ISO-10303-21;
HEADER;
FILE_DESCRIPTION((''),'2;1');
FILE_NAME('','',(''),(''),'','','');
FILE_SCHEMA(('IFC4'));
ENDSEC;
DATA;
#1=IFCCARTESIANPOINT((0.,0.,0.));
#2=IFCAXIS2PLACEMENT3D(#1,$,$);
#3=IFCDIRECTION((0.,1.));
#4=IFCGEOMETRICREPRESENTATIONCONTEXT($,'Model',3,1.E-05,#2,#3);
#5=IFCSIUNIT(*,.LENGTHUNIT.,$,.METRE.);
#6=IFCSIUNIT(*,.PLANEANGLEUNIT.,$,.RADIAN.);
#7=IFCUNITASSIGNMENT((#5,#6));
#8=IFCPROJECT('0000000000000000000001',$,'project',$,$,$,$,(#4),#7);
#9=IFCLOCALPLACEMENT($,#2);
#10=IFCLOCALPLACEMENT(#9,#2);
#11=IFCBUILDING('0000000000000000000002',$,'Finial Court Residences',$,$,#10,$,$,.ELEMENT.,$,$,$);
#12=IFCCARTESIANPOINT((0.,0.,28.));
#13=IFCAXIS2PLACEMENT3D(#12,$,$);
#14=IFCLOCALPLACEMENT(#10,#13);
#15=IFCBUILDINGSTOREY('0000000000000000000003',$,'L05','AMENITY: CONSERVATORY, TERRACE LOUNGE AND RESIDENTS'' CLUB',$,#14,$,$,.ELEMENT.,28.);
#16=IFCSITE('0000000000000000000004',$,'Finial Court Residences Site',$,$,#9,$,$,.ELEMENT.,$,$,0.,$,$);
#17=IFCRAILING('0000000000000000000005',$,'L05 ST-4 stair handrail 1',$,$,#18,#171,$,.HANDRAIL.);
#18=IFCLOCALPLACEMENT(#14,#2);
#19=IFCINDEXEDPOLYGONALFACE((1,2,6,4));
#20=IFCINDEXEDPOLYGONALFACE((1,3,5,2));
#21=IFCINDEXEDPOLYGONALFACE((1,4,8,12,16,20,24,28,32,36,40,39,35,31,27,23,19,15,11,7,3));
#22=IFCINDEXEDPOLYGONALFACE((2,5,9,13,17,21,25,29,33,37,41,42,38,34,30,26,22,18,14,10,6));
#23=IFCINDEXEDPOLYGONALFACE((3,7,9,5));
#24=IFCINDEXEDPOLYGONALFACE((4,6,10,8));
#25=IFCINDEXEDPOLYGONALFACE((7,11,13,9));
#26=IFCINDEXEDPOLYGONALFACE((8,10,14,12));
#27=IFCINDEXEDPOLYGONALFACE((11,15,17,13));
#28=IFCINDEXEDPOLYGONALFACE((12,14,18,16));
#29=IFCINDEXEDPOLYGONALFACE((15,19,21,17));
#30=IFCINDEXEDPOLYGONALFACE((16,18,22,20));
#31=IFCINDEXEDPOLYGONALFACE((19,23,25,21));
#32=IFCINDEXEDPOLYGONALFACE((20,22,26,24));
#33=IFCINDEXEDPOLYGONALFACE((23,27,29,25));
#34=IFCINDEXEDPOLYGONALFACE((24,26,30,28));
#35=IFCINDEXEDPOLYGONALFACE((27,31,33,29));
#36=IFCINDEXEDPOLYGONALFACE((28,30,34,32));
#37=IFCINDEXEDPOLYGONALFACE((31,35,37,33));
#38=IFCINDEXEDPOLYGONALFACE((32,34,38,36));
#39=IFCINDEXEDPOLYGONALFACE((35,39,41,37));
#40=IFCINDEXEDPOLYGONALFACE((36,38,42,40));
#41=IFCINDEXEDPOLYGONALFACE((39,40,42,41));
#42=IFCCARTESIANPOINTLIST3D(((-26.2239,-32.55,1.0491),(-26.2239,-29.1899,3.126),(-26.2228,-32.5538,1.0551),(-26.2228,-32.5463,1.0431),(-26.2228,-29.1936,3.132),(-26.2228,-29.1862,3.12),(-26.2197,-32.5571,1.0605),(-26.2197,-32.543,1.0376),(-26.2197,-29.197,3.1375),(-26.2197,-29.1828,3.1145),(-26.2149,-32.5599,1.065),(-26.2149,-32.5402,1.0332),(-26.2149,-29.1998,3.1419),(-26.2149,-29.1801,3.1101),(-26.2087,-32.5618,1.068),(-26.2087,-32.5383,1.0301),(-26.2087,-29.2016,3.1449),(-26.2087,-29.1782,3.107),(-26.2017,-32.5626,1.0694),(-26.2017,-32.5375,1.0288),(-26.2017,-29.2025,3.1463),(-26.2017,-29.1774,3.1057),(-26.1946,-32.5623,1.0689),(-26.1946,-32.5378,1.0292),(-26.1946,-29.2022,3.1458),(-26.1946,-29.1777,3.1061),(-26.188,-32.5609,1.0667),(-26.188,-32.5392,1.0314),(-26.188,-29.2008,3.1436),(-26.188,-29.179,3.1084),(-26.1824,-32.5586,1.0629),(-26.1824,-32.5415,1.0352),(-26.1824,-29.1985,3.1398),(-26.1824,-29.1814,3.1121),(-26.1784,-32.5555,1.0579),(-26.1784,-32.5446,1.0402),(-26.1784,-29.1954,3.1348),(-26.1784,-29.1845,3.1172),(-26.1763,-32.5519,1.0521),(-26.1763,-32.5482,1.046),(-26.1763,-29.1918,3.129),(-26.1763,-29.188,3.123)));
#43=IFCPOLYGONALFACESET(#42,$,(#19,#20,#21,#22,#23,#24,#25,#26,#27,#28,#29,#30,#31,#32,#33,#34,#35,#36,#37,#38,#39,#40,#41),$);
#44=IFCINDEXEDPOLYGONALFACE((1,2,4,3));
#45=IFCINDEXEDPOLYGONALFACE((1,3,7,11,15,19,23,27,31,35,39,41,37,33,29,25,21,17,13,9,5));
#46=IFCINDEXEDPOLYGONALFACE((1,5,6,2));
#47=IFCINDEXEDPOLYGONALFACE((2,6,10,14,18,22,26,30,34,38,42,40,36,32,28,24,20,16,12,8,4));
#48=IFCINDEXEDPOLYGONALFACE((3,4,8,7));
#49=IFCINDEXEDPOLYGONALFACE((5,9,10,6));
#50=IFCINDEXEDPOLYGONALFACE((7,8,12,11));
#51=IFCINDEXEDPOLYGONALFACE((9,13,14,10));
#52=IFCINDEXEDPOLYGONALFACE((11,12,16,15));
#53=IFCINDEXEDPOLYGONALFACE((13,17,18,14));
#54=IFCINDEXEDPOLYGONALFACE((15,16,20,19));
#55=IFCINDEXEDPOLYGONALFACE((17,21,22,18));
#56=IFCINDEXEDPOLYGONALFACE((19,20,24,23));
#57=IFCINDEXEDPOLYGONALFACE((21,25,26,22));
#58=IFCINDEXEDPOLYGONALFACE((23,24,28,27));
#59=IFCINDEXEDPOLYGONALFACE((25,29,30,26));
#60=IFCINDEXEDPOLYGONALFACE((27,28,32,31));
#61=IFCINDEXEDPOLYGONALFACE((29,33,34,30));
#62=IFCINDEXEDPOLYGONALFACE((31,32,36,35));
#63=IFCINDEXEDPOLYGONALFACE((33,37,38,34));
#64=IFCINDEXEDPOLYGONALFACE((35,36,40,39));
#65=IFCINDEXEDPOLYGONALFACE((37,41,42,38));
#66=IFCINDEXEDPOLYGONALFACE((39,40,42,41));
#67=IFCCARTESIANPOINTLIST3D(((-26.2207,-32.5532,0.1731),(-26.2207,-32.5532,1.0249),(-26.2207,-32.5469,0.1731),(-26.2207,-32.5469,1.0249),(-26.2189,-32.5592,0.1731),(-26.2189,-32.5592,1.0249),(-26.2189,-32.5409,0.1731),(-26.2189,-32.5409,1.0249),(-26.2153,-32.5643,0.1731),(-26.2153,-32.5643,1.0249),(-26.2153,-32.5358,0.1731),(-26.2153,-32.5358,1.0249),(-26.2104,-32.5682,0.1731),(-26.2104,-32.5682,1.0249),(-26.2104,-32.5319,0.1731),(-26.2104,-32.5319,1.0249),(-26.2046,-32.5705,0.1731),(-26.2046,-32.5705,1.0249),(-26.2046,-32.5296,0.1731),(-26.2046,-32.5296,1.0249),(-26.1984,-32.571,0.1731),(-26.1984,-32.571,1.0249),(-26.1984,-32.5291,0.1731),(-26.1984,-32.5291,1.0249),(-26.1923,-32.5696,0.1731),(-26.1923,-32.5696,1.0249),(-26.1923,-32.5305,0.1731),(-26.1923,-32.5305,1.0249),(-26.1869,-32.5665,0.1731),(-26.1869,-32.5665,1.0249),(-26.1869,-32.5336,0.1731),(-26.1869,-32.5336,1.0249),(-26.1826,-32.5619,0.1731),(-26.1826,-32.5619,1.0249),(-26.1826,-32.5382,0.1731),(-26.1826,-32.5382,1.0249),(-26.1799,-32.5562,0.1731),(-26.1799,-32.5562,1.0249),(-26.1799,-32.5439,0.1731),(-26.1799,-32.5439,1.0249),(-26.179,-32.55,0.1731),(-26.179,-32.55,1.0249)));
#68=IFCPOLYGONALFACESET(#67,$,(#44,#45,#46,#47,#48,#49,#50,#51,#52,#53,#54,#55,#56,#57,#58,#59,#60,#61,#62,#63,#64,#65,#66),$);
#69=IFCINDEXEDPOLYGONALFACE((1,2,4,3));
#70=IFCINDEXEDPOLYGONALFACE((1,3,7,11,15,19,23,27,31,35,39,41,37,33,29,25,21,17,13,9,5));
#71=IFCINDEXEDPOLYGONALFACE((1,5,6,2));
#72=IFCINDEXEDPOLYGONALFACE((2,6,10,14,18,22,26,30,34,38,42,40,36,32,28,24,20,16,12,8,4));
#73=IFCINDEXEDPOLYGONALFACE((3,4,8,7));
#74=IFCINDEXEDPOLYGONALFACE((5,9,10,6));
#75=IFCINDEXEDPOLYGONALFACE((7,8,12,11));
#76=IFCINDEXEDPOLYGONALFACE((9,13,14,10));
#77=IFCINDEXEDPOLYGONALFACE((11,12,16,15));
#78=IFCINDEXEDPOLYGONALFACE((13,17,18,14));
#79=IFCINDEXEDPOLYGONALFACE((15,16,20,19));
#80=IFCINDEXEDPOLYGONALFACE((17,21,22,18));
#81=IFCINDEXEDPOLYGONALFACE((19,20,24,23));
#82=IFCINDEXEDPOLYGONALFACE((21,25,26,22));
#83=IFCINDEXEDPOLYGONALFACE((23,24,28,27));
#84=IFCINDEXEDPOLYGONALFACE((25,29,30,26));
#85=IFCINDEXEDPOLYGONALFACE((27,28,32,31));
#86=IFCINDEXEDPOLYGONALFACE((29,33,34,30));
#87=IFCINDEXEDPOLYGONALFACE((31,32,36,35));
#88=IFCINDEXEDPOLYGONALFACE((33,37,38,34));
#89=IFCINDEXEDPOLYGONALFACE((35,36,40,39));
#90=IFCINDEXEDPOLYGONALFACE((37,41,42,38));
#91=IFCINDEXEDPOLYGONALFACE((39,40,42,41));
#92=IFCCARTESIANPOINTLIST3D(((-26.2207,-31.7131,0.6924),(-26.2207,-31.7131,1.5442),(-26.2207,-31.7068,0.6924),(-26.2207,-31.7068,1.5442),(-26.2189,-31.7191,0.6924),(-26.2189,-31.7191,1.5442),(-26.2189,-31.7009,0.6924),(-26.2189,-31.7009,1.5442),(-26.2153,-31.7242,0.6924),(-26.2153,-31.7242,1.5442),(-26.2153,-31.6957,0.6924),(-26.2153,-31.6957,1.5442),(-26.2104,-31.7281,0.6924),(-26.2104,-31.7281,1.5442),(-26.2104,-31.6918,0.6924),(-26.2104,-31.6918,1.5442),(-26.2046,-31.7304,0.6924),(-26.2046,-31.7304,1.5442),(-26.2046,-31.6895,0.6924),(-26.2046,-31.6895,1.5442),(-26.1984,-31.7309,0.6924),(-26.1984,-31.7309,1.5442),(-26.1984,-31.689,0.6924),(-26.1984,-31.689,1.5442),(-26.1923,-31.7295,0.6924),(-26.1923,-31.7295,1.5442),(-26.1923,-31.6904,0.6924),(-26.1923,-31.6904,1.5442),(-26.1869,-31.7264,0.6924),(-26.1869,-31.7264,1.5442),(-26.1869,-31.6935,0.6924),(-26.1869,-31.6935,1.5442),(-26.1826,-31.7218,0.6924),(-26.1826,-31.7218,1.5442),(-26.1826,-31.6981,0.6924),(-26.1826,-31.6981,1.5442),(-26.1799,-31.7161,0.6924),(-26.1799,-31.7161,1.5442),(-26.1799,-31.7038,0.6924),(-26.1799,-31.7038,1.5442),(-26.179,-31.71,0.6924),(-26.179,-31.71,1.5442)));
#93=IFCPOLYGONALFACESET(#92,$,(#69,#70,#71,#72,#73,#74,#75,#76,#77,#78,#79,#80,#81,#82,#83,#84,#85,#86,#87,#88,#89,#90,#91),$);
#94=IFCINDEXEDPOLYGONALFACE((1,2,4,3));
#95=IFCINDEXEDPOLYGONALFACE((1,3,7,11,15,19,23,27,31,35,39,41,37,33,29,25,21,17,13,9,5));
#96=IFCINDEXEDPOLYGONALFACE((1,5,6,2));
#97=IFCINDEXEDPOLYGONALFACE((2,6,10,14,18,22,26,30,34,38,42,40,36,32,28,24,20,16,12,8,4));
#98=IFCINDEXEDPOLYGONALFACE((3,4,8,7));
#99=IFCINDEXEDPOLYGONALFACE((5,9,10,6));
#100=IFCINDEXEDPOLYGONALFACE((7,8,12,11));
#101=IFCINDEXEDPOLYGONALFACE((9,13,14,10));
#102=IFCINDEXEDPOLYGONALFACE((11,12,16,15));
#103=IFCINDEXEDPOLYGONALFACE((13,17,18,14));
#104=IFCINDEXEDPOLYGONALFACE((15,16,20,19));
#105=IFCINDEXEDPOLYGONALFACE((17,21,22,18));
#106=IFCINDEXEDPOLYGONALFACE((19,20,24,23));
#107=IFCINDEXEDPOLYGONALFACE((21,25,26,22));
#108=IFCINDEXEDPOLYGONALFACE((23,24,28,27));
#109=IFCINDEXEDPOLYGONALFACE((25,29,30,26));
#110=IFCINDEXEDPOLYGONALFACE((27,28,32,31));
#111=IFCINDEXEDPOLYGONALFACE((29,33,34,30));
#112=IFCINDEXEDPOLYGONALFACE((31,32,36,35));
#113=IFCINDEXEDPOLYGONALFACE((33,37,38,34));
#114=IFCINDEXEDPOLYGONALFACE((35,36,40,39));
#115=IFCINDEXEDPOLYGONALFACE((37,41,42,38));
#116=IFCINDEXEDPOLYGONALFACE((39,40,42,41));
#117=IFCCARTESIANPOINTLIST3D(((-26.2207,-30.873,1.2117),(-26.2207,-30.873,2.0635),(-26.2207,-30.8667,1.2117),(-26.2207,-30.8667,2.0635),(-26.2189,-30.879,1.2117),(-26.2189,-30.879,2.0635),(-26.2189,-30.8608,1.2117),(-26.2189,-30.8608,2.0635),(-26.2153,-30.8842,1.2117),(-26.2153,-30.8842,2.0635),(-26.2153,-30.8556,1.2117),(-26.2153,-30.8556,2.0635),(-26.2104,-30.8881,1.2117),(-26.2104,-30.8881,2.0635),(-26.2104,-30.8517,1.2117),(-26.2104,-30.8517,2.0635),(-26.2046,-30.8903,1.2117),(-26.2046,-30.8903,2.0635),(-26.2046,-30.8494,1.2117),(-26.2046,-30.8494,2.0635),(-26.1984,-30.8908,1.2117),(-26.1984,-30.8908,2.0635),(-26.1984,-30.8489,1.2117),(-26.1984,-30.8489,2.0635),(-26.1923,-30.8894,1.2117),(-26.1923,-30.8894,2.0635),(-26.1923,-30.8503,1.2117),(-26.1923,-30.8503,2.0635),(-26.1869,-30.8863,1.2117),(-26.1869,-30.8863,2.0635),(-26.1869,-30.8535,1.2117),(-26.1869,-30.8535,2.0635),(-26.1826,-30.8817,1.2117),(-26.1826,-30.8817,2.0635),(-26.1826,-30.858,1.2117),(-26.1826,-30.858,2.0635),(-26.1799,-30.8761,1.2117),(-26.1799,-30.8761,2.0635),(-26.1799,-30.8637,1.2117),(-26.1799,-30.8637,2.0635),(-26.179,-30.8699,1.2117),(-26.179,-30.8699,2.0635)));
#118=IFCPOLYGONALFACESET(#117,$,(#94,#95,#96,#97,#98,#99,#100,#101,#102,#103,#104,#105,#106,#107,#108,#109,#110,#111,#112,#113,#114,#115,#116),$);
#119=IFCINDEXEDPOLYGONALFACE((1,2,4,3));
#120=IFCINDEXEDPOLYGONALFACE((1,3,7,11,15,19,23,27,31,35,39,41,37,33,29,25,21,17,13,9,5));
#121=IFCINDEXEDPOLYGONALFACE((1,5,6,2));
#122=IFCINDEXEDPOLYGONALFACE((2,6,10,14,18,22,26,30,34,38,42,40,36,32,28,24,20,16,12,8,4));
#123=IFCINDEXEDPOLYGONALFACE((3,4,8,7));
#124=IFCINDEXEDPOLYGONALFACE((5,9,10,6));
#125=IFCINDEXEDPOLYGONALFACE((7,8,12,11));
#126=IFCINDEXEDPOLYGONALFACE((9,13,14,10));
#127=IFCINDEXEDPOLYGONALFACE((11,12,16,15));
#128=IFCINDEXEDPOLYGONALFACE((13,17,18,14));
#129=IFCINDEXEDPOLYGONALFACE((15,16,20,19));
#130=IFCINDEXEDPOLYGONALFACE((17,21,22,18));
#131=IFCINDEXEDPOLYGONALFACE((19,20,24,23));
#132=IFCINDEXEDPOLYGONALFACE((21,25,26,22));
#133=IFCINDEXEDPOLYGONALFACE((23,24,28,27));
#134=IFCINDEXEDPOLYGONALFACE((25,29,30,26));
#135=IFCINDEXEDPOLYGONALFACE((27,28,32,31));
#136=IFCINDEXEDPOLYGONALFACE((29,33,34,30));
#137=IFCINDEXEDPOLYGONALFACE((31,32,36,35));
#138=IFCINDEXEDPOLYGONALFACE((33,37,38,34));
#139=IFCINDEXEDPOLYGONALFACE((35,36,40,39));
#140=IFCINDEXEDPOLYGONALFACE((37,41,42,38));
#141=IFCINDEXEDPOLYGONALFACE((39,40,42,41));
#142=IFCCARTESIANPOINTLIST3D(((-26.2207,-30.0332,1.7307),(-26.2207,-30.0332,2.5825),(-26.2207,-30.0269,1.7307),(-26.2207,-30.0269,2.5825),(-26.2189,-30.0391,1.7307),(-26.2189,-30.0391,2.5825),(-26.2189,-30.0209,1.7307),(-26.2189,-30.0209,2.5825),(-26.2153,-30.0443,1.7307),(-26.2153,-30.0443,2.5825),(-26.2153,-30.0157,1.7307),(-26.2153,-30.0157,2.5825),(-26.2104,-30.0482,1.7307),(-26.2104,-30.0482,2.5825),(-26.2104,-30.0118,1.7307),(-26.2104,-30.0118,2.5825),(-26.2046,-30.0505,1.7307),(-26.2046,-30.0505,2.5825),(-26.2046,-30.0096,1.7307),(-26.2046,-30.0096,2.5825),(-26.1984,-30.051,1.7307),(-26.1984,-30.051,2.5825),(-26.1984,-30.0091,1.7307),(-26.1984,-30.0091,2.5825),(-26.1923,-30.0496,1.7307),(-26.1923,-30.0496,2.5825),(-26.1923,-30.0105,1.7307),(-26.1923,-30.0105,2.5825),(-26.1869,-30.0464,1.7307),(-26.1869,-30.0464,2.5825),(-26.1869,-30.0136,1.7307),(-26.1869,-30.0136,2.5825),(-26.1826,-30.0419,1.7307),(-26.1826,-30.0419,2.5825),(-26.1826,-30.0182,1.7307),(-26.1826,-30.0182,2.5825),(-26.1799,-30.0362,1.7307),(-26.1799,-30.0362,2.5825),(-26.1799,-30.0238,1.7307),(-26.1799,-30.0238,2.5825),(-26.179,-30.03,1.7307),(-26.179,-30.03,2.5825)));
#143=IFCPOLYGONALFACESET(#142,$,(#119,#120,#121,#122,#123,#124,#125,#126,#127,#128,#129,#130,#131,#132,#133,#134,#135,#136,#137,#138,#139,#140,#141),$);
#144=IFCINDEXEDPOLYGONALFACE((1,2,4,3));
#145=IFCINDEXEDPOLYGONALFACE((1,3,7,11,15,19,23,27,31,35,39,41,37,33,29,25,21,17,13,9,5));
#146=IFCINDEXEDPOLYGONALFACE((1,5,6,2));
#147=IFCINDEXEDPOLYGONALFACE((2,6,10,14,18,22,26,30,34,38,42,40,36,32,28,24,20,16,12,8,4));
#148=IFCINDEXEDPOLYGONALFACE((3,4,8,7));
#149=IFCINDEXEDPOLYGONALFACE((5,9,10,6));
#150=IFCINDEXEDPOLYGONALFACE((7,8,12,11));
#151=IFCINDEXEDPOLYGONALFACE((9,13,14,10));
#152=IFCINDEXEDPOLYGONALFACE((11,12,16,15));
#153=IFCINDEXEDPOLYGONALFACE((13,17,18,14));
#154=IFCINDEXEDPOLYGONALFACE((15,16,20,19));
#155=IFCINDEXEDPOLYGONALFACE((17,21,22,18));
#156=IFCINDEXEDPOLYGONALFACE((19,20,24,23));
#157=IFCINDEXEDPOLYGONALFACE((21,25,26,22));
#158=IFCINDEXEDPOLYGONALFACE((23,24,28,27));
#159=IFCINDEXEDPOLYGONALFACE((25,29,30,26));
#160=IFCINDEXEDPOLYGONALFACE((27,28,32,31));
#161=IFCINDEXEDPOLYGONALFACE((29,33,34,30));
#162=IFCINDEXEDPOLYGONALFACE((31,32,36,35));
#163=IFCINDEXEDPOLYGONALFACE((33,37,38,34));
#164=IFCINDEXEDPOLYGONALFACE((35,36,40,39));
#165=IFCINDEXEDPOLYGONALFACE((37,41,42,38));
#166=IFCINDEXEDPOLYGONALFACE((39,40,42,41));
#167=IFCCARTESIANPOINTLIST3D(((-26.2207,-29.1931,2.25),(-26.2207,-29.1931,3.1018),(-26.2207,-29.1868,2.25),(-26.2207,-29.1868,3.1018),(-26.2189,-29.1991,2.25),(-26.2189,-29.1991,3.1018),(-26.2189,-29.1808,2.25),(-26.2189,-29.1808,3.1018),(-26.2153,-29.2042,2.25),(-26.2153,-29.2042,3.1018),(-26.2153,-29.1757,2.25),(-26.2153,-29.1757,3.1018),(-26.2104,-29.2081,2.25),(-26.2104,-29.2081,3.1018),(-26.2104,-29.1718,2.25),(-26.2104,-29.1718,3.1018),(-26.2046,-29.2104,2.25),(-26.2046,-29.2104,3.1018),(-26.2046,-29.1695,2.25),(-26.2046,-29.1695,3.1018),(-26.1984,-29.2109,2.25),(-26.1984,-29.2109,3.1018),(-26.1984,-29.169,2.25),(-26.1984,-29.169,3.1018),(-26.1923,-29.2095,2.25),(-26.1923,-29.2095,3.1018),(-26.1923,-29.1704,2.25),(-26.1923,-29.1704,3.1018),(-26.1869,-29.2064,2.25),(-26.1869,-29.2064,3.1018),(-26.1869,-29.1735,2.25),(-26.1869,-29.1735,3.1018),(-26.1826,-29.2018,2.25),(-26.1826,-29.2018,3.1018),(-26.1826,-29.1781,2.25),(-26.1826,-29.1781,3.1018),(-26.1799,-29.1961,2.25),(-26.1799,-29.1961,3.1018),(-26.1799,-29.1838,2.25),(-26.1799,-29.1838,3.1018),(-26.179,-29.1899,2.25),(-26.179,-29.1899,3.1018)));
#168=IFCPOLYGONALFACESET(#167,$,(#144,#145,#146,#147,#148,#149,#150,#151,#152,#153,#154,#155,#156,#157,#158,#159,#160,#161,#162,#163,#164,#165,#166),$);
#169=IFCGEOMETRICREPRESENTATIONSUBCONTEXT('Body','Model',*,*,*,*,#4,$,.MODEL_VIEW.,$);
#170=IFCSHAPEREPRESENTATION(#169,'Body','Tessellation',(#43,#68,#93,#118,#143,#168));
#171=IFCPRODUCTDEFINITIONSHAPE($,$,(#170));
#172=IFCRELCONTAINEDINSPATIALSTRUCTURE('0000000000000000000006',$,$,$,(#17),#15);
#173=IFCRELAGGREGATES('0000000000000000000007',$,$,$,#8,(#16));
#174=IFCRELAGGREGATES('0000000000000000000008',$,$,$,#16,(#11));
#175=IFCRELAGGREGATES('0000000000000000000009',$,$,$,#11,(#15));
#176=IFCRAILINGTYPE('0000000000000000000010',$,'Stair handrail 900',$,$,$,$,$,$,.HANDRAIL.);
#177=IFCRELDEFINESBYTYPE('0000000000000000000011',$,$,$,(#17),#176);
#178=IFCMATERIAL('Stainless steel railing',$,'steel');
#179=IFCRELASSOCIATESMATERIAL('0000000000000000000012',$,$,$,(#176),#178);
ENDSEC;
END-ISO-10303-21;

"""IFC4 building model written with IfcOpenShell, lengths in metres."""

from ifc_helpers import new_model, si_unit, direction, frame, origin, origin_2d, place, context, subcontext, project, spatial, circle, extrude, material, type_object, element, save


model = new_model("IFC4")

# Units and contexts
model_context = context("Model", 3, precision=1e-05, world=origin(), true_north=direction((0.0, 1.0)))
body_context = subcontext(model_context, "Body", "Model", "MODEL_VIEW")
ifc_project = project(units=[si_unit("LENGTHUNIT", "METRE"), si_unit("PLANEANGLEUNIT", "RADIAN")], contexts=[model_context])

# Site, building, storey
site_placement = place(None, origin())
site = spatial("IfcSite", under=ifc_project, at=site_placement, Name="Finial Court Residences Site", CompositionType="ELEMENT", RefElevation=0.0)
building_placement = place(site_placement, origin())
building = spatial("IfcBuilding", under=site, at=building_placement, Name="Finial Court Residences", CompositionType="ELEMENT")
storey_placement = place(building_placement, frame((0.0, 0.0, 28.0)))
storey = spatial("IfcBuildingStorey", under=building, at=storey_placement, Name="L05", Description="AMENITY: CONSERVATORY, TERRACE LOUNGE AND RESIDENTS' CLUB", CompositionType="ELEMENT", Elevation=28.0)

# Railing
ifc_material_1 = material(Name="Stainless steel railing", Category="steel")
railing_type_1 = type_object("IfcRailingType", Name="Stair handrail 900", PredefinedType="HANDRAIL", material=ifc_material_1)
railing_1_placement = place(storey_placement, frame((-26.2, -32.55, 0.1731)))
element("IfcRailing", 1, at=railing_1_placement, inside=storey, type_object=railing_type_1, Name="L05 ST-4 stair handrail 1", PredefinedType="HANDRAIL", context=body_context, shape_type="SweptSolid", body=[
    extrude(circle(Radius=0.0239, at=origin_2d()), frame((0.0, 0.0, 0.876), z_axis=(0.0, 0.850623, 0.525776), x_axis=(-1.0, 0.0, 0.0)), (0.0, 0.0, 1.0), 3.9502),
    extrude(circle(Radius=0.021, at=origin_2d()), origin(), (0.0, 0.0, 1.0), 0.8518),
    extrude(circle(Radius=0.021, at=origin_2d()), frame((0.0, 0.8401, 0.5193)), (0.0, 0.0, 1.0), 0.8518),
    extrude(circle(Radius=0.021, at=origin_2d()), frame((0.0, 1.6802, 1.0386)), (0.0, 0.0, 1.0), 0.8518),
    extrude(circle(Radius=0.021, at=origin_2d()), frame((0.0, 2.52, 1.5576)), (0.0, 0.0, 1.0), 0.8518),
    extrude(circle(Radius=0.021, at=origin_2d()), frame((0.0, 3.3601, 2.0769)), (0.0, 0.0, 1.0), 0.8518),
])

save(model, "model.ifc")
